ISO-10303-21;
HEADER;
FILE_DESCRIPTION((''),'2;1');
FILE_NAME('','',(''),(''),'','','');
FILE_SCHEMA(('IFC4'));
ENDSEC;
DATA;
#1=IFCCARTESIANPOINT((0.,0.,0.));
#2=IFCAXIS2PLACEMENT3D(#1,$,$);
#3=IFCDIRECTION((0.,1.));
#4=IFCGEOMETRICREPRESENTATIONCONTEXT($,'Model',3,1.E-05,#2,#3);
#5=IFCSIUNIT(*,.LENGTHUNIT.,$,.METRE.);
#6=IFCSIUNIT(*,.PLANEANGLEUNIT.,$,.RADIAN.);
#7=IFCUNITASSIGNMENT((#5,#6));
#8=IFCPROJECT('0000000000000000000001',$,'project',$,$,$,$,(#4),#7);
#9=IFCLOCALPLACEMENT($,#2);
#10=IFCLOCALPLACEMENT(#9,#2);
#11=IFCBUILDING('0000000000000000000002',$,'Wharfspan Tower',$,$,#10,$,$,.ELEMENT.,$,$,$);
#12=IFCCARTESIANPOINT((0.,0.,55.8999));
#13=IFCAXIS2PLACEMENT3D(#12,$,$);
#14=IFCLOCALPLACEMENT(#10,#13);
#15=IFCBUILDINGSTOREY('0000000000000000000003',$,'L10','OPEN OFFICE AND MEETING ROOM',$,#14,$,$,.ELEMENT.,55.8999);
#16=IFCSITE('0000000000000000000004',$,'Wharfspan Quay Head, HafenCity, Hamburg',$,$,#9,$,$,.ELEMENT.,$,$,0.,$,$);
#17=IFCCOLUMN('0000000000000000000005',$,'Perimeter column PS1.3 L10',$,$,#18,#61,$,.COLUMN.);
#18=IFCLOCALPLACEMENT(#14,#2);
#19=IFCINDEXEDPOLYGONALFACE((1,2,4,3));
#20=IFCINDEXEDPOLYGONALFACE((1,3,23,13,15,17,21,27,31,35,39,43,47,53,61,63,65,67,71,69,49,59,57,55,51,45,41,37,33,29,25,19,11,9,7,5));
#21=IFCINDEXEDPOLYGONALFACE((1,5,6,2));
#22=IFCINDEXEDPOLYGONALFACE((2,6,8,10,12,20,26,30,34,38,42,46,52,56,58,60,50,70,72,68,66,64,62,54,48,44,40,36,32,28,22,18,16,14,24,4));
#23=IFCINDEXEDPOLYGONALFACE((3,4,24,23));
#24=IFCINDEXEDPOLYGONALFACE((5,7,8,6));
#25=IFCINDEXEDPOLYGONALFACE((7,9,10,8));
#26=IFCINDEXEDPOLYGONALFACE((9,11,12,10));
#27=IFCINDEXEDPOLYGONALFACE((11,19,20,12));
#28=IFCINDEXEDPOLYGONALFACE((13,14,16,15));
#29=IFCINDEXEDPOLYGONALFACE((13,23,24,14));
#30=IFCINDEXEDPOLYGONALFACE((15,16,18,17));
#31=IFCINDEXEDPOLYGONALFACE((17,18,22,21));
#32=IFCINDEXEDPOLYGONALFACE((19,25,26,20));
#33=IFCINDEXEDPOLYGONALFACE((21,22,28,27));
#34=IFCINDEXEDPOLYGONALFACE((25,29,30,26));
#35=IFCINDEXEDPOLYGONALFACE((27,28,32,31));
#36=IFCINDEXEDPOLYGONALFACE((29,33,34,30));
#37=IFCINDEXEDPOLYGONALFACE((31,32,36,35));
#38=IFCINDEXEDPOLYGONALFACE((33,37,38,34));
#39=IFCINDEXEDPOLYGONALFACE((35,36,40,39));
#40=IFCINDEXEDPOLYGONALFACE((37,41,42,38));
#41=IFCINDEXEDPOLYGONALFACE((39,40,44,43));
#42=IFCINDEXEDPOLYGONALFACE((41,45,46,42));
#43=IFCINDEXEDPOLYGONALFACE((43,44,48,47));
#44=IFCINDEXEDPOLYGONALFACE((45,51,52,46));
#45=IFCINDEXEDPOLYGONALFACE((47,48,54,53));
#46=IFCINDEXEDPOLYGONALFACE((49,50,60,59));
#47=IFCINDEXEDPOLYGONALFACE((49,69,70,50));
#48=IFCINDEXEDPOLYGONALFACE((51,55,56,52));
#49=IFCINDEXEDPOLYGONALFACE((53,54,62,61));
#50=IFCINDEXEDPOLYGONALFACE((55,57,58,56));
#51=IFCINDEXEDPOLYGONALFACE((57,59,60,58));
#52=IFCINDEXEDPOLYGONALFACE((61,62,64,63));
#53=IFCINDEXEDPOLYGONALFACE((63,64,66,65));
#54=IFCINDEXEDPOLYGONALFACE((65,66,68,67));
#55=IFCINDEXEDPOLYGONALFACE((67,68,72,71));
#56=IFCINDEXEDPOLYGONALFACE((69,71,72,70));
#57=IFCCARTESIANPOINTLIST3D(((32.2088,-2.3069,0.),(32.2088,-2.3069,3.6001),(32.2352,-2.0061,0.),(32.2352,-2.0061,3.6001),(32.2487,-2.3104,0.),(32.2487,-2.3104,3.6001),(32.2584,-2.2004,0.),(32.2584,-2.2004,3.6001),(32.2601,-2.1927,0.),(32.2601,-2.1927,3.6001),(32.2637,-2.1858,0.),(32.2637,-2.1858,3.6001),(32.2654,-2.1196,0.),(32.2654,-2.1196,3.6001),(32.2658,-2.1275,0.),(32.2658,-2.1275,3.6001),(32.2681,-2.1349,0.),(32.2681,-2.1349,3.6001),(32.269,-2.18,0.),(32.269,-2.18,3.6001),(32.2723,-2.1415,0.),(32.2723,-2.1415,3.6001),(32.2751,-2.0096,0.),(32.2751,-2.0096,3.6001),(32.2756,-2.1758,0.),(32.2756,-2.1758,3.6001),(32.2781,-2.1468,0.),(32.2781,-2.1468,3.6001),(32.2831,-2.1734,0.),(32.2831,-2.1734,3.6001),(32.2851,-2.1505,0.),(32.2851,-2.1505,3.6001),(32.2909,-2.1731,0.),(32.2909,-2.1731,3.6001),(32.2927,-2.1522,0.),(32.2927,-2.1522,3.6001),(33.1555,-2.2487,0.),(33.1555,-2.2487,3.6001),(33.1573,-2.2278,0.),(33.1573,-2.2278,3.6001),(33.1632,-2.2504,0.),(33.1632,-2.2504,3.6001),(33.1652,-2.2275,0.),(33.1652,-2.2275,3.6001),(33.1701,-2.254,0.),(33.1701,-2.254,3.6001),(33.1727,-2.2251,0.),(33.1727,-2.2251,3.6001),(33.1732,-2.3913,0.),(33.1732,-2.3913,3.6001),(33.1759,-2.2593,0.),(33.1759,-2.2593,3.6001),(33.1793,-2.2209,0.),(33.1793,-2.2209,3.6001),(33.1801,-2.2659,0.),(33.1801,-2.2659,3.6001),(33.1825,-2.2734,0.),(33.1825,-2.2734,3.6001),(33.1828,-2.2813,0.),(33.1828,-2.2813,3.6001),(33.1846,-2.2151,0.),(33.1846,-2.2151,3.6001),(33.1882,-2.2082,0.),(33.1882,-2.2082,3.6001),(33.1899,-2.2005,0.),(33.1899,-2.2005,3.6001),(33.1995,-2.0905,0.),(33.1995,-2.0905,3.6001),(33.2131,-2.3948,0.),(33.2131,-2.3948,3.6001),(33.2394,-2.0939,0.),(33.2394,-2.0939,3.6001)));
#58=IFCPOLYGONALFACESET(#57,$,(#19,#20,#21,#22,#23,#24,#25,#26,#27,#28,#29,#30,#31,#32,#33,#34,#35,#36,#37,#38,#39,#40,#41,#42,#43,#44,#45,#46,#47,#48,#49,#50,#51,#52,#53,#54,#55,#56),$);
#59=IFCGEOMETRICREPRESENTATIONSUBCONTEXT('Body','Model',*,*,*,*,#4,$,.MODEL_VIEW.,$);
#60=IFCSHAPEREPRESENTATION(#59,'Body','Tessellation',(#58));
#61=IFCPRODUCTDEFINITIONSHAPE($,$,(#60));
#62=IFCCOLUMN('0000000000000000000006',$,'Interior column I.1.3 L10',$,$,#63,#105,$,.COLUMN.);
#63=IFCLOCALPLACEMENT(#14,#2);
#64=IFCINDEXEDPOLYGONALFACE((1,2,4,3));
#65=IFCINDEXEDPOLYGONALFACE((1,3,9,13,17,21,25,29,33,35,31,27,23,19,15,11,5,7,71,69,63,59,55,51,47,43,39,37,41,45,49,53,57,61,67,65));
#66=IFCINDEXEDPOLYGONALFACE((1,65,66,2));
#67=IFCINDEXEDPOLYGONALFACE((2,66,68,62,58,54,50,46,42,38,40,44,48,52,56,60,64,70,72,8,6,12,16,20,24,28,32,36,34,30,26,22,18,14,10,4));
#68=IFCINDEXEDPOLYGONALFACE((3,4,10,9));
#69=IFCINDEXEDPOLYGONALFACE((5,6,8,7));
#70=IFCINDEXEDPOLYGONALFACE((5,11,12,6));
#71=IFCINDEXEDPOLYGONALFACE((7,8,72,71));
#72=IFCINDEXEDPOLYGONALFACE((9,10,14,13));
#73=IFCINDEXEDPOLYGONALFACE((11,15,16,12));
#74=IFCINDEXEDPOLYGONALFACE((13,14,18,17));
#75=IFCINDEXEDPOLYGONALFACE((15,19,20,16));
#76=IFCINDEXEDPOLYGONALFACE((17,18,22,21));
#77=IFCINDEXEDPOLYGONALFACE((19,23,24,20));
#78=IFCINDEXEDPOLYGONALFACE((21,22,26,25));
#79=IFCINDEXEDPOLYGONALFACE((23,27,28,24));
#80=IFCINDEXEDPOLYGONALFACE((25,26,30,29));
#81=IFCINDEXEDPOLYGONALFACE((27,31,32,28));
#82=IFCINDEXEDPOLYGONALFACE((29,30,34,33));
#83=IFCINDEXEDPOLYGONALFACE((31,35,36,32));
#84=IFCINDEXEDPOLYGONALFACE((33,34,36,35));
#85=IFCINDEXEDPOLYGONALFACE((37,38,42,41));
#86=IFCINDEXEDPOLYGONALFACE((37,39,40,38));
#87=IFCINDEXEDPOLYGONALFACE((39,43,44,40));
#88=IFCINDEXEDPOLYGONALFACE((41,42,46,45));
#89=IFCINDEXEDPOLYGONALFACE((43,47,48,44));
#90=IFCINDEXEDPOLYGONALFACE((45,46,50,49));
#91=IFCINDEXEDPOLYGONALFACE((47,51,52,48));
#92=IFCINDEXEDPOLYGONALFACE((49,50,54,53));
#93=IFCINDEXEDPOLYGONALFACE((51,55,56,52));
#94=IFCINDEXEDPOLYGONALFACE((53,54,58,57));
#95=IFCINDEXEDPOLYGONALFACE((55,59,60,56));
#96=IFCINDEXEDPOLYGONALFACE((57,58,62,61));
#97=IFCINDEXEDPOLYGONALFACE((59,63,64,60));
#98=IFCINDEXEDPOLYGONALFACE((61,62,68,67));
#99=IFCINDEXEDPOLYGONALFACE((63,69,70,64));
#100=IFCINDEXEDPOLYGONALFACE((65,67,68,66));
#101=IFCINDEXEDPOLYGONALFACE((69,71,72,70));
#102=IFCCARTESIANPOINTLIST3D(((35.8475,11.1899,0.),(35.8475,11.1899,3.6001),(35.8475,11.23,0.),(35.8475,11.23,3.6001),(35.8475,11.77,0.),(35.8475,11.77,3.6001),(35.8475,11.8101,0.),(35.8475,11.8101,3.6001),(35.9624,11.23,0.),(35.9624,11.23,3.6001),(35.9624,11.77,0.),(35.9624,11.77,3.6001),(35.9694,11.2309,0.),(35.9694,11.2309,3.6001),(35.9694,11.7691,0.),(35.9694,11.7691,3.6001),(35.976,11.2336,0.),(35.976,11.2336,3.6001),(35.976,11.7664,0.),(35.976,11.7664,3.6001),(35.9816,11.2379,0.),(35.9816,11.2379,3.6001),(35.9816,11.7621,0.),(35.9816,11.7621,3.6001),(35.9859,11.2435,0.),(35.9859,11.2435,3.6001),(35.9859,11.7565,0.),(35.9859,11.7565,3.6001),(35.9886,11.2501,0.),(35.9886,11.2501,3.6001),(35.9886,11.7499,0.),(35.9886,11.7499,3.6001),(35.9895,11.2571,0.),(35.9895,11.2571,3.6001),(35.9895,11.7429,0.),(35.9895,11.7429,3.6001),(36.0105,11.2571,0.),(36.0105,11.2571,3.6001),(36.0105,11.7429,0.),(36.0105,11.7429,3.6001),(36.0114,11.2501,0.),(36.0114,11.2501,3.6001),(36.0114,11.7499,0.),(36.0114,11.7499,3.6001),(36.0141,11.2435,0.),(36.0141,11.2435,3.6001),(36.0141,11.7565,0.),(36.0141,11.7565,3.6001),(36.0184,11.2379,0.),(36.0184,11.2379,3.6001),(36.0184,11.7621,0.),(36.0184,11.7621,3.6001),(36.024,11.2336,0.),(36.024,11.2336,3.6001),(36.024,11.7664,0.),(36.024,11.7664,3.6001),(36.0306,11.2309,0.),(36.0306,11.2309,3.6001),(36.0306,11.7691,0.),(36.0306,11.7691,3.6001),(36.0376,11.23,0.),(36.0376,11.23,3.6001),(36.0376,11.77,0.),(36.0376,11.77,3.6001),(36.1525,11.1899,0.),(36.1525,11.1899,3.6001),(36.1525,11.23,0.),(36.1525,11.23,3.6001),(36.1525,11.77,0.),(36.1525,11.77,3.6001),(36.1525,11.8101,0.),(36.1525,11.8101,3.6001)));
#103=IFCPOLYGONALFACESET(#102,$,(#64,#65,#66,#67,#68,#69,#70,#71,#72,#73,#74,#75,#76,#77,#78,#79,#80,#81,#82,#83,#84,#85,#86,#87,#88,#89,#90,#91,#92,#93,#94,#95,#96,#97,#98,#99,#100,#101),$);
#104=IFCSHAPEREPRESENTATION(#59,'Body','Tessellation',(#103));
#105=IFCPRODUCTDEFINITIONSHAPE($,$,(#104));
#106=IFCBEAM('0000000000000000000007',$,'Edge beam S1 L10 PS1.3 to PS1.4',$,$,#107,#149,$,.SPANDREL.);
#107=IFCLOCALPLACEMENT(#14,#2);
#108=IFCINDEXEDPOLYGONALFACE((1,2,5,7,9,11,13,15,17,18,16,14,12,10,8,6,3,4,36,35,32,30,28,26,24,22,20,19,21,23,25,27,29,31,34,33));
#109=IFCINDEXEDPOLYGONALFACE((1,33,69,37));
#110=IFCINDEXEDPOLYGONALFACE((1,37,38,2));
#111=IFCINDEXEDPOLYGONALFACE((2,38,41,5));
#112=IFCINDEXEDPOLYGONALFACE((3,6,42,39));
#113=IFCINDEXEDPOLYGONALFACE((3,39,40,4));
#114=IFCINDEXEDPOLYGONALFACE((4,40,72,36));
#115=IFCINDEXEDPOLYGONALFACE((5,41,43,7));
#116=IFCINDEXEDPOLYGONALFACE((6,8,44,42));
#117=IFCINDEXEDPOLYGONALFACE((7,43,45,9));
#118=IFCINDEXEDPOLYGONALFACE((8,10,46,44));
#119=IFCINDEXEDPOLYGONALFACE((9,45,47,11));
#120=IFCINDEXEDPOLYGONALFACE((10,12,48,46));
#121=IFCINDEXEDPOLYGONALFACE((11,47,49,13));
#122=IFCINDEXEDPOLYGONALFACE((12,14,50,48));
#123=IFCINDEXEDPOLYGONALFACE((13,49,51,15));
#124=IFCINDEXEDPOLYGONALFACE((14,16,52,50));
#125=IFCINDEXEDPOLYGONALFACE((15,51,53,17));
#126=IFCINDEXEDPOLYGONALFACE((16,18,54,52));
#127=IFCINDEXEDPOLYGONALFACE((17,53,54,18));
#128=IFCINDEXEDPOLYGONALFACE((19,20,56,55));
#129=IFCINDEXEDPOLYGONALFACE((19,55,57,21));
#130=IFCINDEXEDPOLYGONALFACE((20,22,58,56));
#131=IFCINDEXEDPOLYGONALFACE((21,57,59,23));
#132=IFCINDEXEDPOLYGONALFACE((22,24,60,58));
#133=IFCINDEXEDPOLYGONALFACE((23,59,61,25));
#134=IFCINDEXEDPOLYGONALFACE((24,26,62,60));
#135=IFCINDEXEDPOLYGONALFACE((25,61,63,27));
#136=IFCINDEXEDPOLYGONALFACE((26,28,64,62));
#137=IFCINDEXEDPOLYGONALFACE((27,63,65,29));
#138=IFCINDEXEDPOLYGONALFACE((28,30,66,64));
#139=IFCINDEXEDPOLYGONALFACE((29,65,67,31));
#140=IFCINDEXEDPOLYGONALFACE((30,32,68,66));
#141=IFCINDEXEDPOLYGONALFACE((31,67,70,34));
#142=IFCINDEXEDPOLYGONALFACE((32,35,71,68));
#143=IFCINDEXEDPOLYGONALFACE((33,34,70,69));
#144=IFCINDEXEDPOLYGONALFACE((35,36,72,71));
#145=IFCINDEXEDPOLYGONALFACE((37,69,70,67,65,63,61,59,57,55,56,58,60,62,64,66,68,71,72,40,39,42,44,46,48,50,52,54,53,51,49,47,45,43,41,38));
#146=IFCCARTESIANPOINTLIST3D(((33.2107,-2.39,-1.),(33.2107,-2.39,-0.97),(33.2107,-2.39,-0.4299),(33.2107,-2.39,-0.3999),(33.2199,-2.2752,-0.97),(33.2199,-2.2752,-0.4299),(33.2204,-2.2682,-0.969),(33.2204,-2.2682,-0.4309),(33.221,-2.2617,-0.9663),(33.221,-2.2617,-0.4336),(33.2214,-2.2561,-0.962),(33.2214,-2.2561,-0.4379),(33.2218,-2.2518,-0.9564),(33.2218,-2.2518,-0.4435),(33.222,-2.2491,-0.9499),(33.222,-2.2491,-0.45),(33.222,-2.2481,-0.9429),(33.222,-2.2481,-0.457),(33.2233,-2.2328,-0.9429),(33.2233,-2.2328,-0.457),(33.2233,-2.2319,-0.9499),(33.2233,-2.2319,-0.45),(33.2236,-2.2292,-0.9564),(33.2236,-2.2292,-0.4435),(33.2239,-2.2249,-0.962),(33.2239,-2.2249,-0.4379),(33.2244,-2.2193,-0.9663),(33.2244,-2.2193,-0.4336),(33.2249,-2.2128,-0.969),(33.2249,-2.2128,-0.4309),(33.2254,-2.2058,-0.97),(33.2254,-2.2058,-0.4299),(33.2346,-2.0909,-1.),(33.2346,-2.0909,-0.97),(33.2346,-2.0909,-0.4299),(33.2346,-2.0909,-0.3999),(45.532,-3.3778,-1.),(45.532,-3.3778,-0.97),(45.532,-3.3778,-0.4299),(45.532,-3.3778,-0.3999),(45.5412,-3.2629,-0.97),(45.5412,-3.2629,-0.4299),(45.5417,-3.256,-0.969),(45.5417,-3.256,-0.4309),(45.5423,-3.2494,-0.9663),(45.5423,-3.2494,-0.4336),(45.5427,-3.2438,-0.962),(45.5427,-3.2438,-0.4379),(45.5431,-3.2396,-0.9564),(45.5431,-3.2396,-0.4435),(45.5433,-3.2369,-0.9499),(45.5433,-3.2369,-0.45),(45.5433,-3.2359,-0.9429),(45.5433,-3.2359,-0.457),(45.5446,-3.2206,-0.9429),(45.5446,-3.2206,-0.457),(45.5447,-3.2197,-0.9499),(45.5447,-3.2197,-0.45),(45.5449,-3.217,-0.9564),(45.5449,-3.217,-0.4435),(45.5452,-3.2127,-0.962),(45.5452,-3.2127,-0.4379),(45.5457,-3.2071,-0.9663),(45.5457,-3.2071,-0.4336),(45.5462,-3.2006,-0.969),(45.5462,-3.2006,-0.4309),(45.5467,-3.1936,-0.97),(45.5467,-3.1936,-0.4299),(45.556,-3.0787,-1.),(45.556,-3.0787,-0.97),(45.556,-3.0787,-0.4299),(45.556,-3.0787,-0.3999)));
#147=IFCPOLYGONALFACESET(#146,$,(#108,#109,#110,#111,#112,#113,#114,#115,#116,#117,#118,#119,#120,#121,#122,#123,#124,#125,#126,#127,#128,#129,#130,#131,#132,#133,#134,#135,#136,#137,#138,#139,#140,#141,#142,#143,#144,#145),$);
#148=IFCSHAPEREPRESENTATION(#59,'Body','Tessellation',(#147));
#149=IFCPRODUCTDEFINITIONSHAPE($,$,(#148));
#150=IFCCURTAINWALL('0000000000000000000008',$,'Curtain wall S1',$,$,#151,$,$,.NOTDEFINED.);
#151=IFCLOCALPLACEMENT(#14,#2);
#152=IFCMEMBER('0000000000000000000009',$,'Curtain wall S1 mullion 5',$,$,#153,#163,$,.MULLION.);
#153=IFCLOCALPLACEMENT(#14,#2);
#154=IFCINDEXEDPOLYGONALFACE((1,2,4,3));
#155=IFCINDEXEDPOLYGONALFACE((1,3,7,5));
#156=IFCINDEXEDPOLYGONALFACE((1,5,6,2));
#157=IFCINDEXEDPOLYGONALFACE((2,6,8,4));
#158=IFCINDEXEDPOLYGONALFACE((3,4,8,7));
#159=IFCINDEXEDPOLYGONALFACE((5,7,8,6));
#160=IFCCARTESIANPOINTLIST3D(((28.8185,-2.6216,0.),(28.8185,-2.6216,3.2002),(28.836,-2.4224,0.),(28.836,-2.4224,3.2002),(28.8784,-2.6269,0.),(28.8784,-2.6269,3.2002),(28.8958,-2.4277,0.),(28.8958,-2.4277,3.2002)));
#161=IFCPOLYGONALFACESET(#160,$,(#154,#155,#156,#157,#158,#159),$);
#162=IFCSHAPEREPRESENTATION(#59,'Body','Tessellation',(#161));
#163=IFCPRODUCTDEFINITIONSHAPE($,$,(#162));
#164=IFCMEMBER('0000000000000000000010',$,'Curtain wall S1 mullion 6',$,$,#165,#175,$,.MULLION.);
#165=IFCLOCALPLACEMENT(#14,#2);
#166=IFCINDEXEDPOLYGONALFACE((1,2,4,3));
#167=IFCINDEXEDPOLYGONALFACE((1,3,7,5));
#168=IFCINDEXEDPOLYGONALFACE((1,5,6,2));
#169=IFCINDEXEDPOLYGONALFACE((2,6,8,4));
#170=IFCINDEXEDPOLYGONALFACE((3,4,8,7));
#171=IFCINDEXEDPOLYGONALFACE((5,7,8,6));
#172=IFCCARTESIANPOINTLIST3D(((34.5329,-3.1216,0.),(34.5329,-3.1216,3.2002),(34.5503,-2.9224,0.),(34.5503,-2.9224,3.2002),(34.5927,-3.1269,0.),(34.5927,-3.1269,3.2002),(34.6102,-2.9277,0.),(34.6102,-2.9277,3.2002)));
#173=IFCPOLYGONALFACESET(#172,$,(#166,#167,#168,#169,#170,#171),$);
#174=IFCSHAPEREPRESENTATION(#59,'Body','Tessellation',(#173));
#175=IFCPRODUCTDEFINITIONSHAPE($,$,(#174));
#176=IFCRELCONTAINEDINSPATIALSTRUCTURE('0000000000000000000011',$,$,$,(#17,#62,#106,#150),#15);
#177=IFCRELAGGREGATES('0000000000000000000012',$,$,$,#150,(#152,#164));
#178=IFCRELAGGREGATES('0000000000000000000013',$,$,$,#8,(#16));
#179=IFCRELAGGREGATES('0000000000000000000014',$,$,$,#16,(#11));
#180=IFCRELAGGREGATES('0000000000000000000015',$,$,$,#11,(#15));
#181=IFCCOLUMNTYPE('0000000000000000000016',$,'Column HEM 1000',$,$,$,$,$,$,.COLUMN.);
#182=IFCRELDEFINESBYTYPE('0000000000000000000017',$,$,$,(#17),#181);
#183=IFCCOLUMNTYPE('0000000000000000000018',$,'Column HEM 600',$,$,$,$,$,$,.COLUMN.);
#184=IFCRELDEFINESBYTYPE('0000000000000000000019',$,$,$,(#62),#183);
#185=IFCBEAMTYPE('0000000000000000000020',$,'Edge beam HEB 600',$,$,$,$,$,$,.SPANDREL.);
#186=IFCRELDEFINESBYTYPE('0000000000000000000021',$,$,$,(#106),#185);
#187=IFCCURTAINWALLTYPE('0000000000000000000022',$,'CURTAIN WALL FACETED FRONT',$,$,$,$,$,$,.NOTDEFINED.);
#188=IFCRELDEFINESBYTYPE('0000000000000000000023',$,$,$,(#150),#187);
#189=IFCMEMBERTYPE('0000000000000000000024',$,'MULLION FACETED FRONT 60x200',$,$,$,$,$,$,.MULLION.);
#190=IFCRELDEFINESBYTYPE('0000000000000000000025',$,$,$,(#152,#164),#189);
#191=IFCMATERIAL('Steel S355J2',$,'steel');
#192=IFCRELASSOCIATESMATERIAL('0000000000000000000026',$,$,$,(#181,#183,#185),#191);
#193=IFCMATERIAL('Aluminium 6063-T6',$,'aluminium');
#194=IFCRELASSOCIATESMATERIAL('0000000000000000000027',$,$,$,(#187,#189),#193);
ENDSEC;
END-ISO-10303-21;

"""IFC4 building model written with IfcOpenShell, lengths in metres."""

from ifc_helpers import new_model, si_unit, direction, frame, origin, origin_2d, place, context, subcontext, project, spatial, rectangle, i_section, extrude, material, material_profile, profile_set, type_object, element, aggregate, save


model = new_model("IFC4")

# Units and contexts
model_context = context("Model", 3, precision=1e-05, world=origin(), true_north=direction((0.0, 1.0)))
body_context = subcontext(model_context, "Body", "Model", "MODEL_VIEW")
ifc_project = project(units=[si_unit("LENGTHUNIT", "METRE"), si_unit("PLANEANGLEUNIT", "RADIAN")], contexts=[model_context])

# Site, building, storey
site_placement = place(None, origin())
site = spatial("IfcSite", under=ifc_project, at=site_placement, Name="Wharfspan Quay Head, HafenCity, Hamburg", CompositionType="ELEMENT", RefElevation=0.0)
building_placement = place(site_placement, origin())
building = spatial("IfcBuilding", under=site, at=building_placement, Name="Wharfspan Tower", CompositionType="ELEMENT")
storey_placement = place(building_placement, frame((0.0, 0.0, 55.8999)))
storey = spatial("IfcBuildingStorey", under=building, at=storey_placement, Name="L10", Description="OPEN OFFICE AND MEETING ROOM", CompositionType="ELEMENT", Elevation=55.8999)

# Columns
ifc_material_1 = material(Name="Steel S355J2", Category="steel")
ifc_material_profile_1 = material_profile(ifc_material_1, i_section(OverallWidth=0.302, OverallDepth=1.0081, WebThickness=0.021, FlangeThickness=0.04, FilletRadius=0.03, at=origin_2d()))
ifc_profile_set_1 = profile_set([ifc_material_profile_1], Name="Steel S355J2")
column_type_1 = type_object("IfcColumnType", Name="Column HEM 1000", PredefinedType="COLUMN", material=ifc_profile_set_1)
column_1_placement = place(storey_placement, frame((32.7241, -2.2004, 0.0), z_axis=(0.0, 0.0, 1.0), x_axis=(-0.087156, -0.996198, 0.0)))
element("IfcColumn", 1, at=column_1_placement, inside=storey, type_object=column_type_1, Name="Perimeter column PS1.3 L10", PredefinedType="COLUMN", context=body_context, shape_type="SweptSolid", body=[
    extrude(i_section(OverallWidth=0.302, OverallDepth=1.0081, WebThickness=0.021, FlangeThickness=0.04, FilletRadius=0.03, at=origin_2d()), origin(), (0.0, 0.0, 1.0), 3.6001),
])
ifc_material_profile_2 = material_profile(ifc_material_1, i_section(OverallWidth=0.3049, OverallDepth=0.6201, WebThickness=0.021, FlangeThickness=0.04, FilletRadius=0.0271, at=origin_2d()))
ifc_profile_set_2 = profile_set([ifc_material_profile_2], Name="Steel S355J2")
column_type_2 = type_object("IfcColumnType", Name="Column HEM 600", PredefinedType="COLUMN", material=ifc_profile_set_2)
column_2_placement = place(storey_placement, frame((36.0, 11.5, 0.0), z_axis=(0.0, 0.0, 1.0), x_axis=(1.0, 0.0, 0.0)))
element("IfcColumn", 2, at=column_2_placement, inside=storey, type_object=column_type_2, Name="Interior column I.1.3 L10", PredefinedType="COLUMN", context=body_context, shape_type="SweptSolid", body=[
    extrude(i_section(OverallWidth=0.3049, OverallDepth=0.6201, WebThickness=0.021, FlangeThickness=0.04, FilletRadius=0.0271, at=origin_2d()), origin(), (0.0, 0.0, 1.0), 3.6001),
])

# Beam
ifc_material_profile_3 = material_profile(ifc_material_1, i_section(OverallWidth=0.3, OverallDepth=0.6001, WebThickness=0.0154, FlangeThickness=0.03, FilletRadius=0.0271, at=origin_2d()))
ifc_profile_set_3 = profile_set([ifc_material_profile_3], Name="Steel S355J2")
beam_type = type_object("IfcBeamType", Name="Edge beam HEB 600", PredefinedType="SPANDREL", material=ifc_profile_set_3)
beam_placement = place(storey_placement, frame((33.2227, -2.2405, -0.7), z_axis=(0.996802, -0.079913, 0.0), x_axis=(0.079913, 0.996802, 0.0)))
element("IfcBeam", 3, at=beam_placement, inside=storey, type_object=beam_type, Name="Edge beam S1 L10 PS1.3 to PS1.4", PredefinedType="SPANDREL", context=body_context, shape_type="SweptSolid", body=[
    extrude(i_section(OverallWidth=0.3, OverallDepth=0.6001, WebThickness=0.0154, FlangeThickness=0.03, FilletRadius=0.0271, at=origin_2d()), origin(), (0.0, 0.0, 1.0), 12.3608),
])

# Curtain wall, members
ifc_material_2 = material(Name="Aluminium 6063-T6", Category="aluminium")
curtain_wall_type = type_object("IfcCurtainWallType", Name="CURTAIN WALL FACETED FRONT", PredefinedType="NOTDEFINED", material=ifc_material_2)
curtain_wall_placement = place(storey_placement, origin())
curtain_wall = element("IfcCurtainWall", 4, at=curtain_wall_placement, inside=storey, type_object=curtain_wall_type, Name="Curtain wall S1", PredefinedType="NOTDEFINED")
ifc_material_profile_4 = material_profile(ifc_material_2, rectangle(XDim=0.2, YDim=0.0601, at=origin_2d()))
ifc_profile_set_4 = profile_set([ifc_material_profile_4], Name="Aluminium 6063-T6")
member_type_1 = type_object("IfcMemberType", Name="MULLION FACETED FRONT 60x200", PredefinedType="MULLION", material=ifc_profile_set_4)
member_1_placement = place(storey_placement, frame((28.8572, -2.5247, 0.0), z_axis=(0.0, 0.0, 1.0), x_axis=(0.087156, 0.996197, 0.0)))
member_1 = element("IfcMember", 5, at=member_1_placement, type_object=member_type_1, Name="Curtain wall S1 mullion 5", PredefinedType="MULLION", context=body_context, shape_type="SweptSolid", body=[
    extrude(rectangle(XDim=0.2, YDim=0.0601, at=origin_2d()), origin(), (0.0, 0.0, 1.0), 3.2002),
])
member_2_placement = place(storey_placement, frame((34.5715, -3.0247, 0.0), z_axis=(0.0, 0.0, 1.0), x_axis=(0.087156, 0.996197, 0.0)))
member_2 = element("IfcMember", 6, at=member_2_placement, type_object=member_type_1, Name="Curtain wall S1 mullion 6", PredefinedType="MULLION", context=body_context, shape_type="SweptSolid", body=[
    extrude(rectangle(XDim=0.2, YDim=0.0601, at=origin_2d()), origin(), (0.0, 0.0, 1.0), 3.2002),
])

aggregate(curtain_wall, [member_1, member_2])

save(model, "model.ifc")
